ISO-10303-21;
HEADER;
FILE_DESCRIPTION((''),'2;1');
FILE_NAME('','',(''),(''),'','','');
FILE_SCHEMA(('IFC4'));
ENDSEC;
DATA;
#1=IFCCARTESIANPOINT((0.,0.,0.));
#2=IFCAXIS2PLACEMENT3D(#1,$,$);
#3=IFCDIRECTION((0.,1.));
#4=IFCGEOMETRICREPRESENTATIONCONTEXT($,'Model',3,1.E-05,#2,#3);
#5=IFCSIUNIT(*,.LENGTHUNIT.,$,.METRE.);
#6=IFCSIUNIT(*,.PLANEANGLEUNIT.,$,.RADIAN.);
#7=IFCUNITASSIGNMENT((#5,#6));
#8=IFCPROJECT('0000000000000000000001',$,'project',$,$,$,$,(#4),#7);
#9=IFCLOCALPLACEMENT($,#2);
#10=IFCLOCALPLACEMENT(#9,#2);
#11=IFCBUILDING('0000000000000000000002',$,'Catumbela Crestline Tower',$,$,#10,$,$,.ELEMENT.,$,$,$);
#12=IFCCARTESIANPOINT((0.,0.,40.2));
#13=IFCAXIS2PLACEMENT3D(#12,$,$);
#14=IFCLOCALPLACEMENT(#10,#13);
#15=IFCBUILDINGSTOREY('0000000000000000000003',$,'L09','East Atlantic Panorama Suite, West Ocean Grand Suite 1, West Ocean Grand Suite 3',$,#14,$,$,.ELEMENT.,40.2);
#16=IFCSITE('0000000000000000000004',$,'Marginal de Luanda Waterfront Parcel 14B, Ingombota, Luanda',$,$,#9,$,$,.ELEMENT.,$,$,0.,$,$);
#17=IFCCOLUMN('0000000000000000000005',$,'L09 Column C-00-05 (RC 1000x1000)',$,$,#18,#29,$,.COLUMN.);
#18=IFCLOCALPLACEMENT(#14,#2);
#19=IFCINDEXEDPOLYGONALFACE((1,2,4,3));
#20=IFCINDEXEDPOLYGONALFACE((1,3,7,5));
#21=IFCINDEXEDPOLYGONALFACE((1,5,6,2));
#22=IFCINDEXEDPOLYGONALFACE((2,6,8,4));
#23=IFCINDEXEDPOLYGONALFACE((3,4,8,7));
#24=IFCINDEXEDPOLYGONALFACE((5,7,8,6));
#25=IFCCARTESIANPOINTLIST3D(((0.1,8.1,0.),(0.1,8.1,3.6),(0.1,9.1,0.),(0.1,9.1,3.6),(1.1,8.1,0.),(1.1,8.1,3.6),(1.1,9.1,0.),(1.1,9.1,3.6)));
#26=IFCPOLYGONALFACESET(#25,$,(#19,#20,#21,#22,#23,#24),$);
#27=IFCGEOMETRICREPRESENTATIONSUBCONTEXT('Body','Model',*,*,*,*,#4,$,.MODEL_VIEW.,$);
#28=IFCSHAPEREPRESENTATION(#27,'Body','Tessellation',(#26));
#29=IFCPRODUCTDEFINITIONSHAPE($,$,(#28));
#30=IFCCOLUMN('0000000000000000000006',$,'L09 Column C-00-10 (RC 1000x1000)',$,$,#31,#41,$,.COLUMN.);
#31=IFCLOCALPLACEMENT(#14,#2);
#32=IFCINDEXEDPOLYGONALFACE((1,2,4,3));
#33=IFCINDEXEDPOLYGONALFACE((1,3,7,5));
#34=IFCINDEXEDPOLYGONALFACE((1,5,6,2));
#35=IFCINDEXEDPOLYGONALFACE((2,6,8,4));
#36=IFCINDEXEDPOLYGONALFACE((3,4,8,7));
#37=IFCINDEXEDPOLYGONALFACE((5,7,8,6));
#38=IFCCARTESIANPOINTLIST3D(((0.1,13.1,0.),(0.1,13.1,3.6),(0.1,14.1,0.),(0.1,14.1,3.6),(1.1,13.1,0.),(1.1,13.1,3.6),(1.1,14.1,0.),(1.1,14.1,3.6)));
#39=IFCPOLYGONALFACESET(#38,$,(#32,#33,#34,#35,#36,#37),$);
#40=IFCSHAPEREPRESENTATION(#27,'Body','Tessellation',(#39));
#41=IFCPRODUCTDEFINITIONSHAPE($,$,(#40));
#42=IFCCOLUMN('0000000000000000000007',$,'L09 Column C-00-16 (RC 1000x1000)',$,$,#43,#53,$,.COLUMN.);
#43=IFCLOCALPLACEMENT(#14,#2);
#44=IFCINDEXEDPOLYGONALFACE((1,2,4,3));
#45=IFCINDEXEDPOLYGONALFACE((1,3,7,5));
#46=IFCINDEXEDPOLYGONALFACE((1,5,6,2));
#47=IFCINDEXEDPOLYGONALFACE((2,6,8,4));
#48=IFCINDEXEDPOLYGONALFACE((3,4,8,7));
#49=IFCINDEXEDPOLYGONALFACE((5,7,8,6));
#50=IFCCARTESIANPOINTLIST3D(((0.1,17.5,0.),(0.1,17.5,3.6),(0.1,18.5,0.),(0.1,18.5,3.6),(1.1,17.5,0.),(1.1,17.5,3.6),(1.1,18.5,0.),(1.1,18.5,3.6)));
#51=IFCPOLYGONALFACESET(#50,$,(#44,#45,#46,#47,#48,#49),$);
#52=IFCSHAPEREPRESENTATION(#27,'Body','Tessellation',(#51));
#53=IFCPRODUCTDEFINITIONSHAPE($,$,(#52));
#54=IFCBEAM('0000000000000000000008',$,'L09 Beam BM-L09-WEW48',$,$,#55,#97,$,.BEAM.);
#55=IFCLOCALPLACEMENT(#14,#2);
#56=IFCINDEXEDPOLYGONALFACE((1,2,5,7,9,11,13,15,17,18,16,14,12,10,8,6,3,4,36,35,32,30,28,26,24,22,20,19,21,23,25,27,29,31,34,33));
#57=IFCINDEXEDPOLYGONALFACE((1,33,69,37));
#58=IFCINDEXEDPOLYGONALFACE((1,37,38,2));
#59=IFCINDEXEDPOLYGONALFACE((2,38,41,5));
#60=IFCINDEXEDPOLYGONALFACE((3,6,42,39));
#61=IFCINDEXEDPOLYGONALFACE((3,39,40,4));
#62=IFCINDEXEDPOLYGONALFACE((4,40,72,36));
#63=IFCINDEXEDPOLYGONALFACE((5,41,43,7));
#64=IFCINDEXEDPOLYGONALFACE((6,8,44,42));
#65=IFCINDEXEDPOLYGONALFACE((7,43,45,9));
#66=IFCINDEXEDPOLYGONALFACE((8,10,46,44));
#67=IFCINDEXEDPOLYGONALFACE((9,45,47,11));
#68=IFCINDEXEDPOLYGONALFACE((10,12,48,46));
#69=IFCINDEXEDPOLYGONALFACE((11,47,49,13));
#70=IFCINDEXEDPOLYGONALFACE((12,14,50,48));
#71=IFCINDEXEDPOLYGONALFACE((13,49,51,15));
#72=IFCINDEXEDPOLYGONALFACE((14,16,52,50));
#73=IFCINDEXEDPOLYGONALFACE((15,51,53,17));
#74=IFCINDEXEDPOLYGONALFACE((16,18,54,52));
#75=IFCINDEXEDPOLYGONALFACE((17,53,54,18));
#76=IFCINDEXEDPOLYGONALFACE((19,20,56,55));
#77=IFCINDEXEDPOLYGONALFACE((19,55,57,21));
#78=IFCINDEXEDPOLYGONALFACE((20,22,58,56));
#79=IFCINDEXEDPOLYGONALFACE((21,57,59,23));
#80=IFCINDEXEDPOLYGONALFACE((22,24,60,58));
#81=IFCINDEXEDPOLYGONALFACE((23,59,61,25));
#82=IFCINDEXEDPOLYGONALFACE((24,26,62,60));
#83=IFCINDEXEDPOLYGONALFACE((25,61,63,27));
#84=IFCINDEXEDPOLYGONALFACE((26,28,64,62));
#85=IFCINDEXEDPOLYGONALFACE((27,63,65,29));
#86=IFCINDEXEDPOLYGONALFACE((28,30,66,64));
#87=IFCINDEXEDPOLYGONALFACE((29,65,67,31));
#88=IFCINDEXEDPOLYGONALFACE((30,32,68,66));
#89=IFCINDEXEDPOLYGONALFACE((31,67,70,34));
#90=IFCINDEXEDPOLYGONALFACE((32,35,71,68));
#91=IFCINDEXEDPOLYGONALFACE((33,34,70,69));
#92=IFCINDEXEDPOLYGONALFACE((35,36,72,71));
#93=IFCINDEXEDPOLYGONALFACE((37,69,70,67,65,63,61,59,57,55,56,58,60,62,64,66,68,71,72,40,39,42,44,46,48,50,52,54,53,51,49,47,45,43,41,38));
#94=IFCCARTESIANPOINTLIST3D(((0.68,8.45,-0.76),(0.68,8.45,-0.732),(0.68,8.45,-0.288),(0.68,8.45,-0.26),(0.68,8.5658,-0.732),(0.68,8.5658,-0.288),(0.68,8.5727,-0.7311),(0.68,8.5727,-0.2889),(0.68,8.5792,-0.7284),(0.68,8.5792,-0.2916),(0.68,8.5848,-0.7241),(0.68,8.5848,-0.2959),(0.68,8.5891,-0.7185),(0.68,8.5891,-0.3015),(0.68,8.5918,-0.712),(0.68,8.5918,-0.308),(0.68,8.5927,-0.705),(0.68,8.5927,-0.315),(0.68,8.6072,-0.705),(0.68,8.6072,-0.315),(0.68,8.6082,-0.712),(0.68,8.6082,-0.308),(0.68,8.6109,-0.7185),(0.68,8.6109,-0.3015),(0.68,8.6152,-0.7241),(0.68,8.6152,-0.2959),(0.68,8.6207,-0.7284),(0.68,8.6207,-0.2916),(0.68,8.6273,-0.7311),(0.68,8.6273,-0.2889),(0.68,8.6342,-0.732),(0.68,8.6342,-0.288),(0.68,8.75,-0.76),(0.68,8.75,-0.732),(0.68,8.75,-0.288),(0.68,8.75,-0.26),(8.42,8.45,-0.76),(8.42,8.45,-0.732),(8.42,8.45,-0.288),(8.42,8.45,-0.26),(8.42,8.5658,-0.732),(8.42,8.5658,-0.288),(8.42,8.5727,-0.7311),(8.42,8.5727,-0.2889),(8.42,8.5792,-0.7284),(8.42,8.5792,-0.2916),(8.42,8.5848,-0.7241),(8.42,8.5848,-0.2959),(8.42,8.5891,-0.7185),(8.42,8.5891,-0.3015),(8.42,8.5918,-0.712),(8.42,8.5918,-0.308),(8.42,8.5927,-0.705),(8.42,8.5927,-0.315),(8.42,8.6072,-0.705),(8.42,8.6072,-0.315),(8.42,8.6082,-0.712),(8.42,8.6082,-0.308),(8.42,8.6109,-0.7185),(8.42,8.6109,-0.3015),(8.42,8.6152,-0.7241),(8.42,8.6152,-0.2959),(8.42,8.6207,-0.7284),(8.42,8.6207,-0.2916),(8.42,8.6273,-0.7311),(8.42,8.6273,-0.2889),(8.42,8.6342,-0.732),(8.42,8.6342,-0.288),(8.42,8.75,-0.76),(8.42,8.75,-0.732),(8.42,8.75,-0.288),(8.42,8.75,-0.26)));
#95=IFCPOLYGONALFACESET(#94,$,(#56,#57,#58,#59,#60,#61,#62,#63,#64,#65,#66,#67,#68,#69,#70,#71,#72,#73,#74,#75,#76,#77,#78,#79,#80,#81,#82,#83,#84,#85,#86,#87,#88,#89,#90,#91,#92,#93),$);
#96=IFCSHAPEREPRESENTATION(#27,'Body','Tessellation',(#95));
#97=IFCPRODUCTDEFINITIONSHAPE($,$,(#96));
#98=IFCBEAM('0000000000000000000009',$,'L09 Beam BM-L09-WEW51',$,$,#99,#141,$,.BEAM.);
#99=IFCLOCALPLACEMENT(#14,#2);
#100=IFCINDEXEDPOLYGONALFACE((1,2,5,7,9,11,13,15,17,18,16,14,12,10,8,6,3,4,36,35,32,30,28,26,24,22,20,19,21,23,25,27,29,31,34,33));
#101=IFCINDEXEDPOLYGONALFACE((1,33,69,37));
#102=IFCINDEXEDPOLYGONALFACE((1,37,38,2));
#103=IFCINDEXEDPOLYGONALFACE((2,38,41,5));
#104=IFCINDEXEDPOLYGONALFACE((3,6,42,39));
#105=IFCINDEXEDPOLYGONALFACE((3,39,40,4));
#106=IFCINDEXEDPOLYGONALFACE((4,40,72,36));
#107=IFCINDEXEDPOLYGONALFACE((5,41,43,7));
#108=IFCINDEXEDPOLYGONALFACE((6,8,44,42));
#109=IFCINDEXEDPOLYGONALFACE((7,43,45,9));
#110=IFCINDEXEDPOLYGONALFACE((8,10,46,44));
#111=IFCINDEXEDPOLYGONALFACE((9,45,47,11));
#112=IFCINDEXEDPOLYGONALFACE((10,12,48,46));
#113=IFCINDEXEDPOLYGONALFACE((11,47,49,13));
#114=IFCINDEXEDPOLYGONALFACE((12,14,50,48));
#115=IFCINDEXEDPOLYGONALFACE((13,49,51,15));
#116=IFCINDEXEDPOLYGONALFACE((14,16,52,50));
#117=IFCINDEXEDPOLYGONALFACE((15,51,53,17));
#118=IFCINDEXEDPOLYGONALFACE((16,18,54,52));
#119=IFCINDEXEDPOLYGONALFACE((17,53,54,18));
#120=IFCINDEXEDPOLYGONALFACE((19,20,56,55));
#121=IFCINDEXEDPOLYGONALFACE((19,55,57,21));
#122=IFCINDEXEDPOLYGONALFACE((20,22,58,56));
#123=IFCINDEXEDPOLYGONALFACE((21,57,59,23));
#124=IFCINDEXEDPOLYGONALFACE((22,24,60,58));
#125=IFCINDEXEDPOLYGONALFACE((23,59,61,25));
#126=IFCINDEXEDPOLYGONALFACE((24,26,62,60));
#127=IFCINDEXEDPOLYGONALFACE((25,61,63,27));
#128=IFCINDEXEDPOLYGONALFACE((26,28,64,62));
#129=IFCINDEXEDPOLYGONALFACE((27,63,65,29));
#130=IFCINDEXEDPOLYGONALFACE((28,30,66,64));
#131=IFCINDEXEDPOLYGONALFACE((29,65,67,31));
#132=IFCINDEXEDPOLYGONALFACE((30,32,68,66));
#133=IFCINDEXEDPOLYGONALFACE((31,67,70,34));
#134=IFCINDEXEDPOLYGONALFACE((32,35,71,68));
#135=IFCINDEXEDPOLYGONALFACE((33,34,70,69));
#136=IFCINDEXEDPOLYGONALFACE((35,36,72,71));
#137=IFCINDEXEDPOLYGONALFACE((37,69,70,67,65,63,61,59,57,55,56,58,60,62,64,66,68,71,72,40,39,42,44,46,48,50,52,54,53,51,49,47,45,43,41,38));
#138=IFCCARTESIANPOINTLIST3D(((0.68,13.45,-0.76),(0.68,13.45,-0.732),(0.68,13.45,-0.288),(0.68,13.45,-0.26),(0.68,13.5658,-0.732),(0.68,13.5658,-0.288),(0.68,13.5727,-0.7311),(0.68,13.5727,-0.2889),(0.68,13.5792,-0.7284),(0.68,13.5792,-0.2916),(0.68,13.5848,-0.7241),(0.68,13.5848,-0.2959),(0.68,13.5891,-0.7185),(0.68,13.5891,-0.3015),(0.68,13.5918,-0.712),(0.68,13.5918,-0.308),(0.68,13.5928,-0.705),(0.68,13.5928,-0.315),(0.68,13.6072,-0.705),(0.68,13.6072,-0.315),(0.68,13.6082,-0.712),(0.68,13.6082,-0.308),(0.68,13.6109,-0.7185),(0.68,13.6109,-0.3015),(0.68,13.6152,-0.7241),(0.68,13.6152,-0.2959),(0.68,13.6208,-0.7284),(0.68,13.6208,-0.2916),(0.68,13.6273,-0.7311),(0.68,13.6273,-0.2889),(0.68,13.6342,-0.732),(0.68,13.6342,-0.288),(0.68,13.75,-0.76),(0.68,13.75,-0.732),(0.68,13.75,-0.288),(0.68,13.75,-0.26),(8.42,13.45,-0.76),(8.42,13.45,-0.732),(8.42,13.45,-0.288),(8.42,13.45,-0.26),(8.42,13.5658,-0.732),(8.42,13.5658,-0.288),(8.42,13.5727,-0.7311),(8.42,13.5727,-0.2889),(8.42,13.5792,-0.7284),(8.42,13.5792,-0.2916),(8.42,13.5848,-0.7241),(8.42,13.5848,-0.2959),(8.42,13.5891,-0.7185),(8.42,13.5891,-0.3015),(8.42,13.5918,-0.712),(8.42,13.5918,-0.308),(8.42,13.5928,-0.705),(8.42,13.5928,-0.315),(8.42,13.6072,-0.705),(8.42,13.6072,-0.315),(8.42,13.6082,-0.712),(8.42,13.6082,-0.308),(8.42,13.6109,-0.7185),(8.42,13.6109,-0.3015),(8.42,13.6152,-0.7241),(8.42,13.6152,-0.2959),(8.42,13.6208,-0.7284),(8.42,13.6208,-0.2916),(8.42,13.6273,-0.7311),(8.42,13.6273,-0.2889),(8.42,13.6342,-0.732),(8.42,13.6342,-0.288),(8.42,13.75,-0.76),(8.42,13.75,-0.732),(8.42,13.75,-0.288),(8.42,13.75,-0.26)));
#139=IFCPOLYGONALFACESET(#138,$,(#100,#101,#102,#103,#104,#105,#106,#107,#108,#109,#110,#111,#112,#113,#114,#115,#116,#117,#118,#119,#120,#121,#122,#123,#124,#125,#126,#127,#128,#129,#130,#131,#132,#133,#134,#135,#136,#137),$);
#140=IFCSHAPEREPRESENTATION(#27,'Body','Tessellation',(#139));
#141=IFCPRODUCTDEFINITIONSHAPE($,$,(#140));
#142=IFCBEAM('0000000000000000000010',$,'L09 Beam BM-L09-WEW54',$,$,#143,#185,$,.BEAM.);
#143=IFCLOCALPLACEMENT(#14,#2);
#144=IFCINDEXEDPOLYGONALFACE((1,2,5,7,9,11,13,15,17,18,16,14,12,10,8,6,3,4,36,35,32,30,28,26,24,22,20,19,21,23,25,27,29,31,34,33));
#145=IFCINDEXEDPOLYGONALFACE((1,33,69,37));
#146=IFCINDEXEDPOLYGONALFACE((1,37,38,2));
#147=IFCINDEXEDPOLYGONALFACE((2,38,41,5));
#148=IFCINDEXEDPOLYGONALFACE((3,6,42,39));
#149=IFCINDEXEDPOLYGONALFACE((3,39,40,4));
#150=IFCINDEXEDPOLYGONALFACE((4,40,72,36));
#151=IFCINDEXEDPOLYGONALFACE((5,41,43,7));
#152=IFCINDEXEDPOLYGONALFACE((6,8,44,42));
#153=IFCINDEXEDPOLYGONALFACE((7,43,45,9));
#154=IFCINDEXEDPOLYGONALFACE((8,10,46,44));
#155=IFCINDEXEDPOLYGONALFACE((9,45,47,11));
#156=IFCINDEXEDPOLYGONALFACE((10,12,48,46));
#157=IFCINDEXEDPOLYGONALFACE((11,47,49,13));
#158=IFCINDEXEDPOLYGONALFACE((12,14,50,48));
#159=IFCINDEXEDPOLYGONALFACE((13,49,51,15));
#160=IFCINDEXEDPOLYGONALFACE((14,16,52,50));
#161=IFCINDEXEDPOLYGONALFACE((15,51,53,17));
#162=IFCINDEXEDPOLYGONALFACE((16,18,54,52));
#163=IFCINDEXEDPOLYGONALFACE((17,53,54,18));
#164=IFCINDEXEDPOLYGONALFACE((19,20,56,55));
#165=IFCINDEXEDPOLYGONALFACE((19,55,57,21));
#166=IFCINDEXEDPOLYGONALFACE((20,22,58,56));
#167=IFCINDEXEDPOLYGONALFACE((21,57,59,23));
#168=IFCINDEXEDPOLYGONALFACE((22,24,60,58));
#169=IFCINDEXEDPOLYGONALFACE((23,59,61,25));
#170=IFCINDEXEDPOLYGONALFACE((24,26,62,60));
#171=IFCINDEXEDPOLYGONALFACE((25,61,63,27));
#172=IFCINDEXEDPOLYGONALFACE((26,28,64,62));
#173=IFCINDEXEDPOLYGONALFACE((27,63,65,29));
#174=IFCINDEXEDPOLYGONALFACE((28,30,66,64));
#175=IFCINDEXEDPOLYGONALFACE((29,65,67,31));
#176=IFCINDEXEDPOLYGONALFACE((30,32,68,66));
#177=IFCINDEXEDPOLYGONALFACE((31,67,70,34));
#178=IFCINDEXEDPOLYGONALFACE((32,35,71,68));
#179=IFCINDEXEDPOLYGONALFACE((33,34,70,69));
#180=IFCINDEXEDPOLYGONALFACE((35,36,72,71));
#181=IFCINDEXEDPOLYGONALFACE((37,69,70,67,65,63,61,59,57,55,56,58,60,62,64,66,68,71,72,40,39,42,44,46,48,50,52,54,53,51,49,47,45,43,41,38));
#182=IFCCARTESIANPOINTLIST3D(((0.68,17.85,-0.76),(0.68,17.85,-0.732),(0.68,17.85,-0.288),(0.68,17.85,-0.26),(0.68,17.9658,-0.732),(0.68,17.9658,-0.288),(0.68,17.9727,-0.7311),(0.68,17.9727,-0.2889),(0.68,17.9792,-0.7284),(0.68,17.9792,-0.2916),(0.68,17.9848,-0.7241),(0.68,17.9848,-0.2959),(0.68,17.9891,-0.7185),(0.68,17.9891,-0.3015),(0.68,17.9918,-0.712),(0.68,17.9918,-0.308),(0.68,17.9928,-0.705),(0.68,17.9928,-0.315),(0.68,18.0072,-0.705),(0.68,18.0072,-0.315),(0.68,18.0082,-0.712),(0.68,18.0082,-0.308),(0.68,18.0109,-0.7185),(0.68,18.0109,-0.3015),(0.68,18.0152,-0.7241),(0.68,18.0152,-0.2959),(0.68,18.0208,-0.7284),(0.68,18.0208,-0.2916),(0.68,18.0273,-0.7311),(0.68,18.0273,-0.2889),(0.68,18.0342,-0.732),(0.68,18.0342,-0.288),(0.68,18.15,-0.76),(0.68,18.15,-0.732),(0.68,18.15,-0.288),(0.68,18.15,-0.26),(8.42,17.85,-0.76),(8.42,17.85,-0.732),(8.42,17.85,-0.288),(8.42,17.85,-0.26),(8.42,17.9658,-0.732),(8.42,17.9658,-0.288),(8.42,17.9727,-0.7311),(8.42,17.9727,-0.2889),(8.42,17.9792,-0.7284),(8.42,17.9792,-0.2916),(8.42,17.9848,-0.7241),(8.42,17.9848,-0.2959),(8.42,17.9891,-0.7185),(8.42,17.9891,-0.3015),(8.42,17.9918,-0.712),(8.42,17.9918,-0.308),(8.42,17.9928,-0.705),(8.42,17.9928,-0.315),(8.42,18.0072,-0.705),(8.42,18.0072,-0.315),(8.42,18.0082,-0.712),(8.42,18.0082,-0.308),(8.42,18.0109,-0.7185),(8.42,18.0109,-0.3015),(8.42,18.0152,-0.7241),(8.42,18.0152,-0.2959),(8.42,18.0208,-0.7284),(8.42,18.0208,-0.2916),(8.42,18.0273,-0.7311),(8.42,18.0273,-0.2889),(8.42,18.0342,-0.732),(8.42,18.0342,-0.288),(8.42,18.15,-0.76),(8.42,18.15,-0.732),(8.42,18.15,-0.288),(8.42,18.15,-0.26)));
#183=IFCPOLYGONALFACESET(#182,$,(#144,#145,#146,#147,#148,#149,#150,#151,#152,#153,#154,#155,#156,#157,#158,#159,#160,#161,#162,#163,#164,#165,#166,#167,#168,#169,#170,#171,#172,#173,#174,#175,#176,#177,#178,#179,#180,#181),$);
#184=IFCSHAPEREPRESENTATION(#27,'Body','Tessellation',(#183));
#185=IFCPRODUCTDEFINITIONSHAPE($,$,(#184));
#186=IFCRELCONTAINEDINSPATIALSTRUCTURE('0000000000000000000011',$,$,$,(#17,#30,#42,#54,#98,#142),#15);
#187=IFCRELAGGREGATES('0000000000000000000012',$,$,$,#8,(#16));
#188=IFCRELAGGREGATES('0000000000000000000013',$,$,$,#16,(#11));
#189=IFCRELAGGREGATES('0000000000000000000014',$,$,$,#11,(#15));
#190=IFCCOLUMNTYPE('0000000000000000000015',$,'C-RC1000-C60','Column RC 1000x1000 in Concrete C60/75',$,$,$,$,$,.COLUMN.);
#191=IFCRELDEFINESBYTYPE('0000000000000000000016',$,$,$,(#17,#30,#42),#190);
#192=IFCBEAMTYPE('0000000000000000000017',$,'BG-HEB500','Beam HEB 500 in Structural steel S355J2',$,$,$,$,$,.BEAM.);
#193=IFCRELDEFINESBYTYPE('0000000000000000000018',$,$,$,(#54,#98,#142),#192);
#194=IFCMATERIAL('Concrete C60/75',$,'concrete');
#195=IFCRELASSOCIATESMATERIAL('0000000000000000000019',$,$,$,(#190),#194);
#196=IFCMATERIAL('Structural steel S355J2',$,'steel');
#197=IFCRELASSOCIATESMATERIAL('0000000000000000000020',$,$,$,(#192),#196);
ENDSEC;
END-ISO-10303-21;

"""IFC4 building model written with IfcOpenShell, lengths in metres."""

from ifc_helpers import new_model, si_unit, direction, frame, origin, origin_2d, place, context, subcontext, project, spatial, rectangle, i_section, extrude, material, material_profile, profile_set, type_object, element, save


model = new_model("IFC4")

# Units and contexts
model_context = context("Model", 3, precision=1e-05, world=origin(), true_north=direction((0.0, 1.0)))
body_context = subcontext(model_context, "Body", "Model", "MODEL_VIEW")
ifc_project = project(units=[si_unit("LENGTHUNIT", "METRE"), si_unit("PLANEANGLEUNIT", "RADIAN")], contexts=[model_context])

# Site, building, storey
site_placement = place(None, origin())
site = spatial("IfcSite", under=ifc_project, at=site_placement, Name="Marginal de Luanda Waterfront Parcel 14B, Ingombota, Luanda", CompositionType="ELEMENT", RefElevation=0.0)
building_placement = place(site_placement, origin())
building = spatial("IfcBuilding", under=site, at=building_placement, Name="Catumbela Crestline Tower", CompositionType="ELEMENT")
storey_placement = place(building_placement, frame((0.0, 0.0, 40.2)))
storey = spatial("IfcBuildingStorey", under=building, at=storey_placement, Name="L09", Description="East Atlantic Panorama Suite, West Ocean Grand Suite 1, West Ocean Grand Suite 3", CompositionType="ELEMENT", Elevation=40.2)

# Columns
ifc_material_1 = material(Name="Concrete C60/75", Category="concrete")
ifc_material_profile_1 = material_profile(ifc_material_1, rectangle(XDim=1.0, YDim=1.0, at=origin_2d()), Name="RC 1000x1000")
ifc_profile_set_1 = profile_set([ifc_material_profile_1], Name="Concrete C60/75")
column_type = type_object("IfcColumnType", Name="C-RC1000-C60", Description="Column RC 1000x1000 in Concrete C60/75", PredefinedType="COLUMN", material=ifc_profile_set_1)
for number, where, z_axis, x_axis, name in (
    (1, (0.6, 8.6, 0.0), (0.0, 0.0, 1.0), (1.0, 0.0, 0.0), "L09 Column C-00-05 (RC 1000x1000)"),
    (2, (0.6, 13.6, 0.0), (0.0, 0.0, 1.0), (1.0, 0.0, 0.0), "L09 Column C-00-10 (RC 1000x1000)"),
    (3, (0.6, 18.0, 0.0), (0.0, 0.0, 1.0), (1.0, 0.0, 0.0), "L09 Column C-00-16 (RC 1000x1000)"),
):
    element("IfcColumn", number, at=place(storey_placement, frame(where, z_axis=z_axis, x_axis=x_axis)), inside=storey, type_object=column_type, Name=name, PredefinedType="COLUMN", context=body_context, shape_type="SweptSolid", body=[
        extrude(rectangle(XDim=1.0, YDim=1.0, at=origin_2d()), origin(), (0.0, 0.0, 1.0), 3.6),
    ])

# Beams
ifc_material_2 = material(Name="Structural steel S355J2", Category="steel")
ifc_material_profile_2 = material_profile(ifc_material_2, i_section(OverallWidth=0.3, OverallDepth=0.5, WebThickness=0.0145, FlangeThickness=0.028, FilletRadius=0.027, at=origin_2d()), Name="HEB 500")
ifc_profile_set_2 = profile_set([ifc_material_profile_2], Name="Structural steel S355J2")
beam_type_1 = type_object("IfcBeamType", Name="BG-HEB500", Description="Beam HEB 500 in Structural steel S355J2", PredefinedType="BEAM", material=ifc_profile_set_2)
for number, where, z_axis, x_axis, name in (
    (4, (0.68, 8.6, -0.51), (1.0, 0.0, 0.0), (0.0, 1.0, 0.0), "L09 Beam BM-L09-WEW48"),
    (5, (0.68, 13.6, -0.51), (1.0, 0.0, 0.0), (0.0, 1.0, 0.0), "L09 Beam BM-L09-WEW51"),
    (6, (0.68, 18.0, -0.51), (1.0, 0.0, 0.0), (0.0, 1.0, 0.0), "L09 Beam BM-L09-WEW54"),
):
    element("IfcBeam", number, at=place(storey_placement, frame(where, z_axis=z_axis, x_axis=x_axis)), inside=storey, type_object=beam_type_1, Name=name, PredefinedType="BEAM", context=body_context, shape_type="SweptSolid", body=[
        extrude(i_section(OverallWidth=0.3, OverallDepth=0.5, WebThickness=0.0145, FlangeThickness=0.028, FilletRadius=0.027, at=origin_2d()), origin(), (0.0, 0.0, 1.0), 7.74),
    ])

save(model, "model.ifc")
